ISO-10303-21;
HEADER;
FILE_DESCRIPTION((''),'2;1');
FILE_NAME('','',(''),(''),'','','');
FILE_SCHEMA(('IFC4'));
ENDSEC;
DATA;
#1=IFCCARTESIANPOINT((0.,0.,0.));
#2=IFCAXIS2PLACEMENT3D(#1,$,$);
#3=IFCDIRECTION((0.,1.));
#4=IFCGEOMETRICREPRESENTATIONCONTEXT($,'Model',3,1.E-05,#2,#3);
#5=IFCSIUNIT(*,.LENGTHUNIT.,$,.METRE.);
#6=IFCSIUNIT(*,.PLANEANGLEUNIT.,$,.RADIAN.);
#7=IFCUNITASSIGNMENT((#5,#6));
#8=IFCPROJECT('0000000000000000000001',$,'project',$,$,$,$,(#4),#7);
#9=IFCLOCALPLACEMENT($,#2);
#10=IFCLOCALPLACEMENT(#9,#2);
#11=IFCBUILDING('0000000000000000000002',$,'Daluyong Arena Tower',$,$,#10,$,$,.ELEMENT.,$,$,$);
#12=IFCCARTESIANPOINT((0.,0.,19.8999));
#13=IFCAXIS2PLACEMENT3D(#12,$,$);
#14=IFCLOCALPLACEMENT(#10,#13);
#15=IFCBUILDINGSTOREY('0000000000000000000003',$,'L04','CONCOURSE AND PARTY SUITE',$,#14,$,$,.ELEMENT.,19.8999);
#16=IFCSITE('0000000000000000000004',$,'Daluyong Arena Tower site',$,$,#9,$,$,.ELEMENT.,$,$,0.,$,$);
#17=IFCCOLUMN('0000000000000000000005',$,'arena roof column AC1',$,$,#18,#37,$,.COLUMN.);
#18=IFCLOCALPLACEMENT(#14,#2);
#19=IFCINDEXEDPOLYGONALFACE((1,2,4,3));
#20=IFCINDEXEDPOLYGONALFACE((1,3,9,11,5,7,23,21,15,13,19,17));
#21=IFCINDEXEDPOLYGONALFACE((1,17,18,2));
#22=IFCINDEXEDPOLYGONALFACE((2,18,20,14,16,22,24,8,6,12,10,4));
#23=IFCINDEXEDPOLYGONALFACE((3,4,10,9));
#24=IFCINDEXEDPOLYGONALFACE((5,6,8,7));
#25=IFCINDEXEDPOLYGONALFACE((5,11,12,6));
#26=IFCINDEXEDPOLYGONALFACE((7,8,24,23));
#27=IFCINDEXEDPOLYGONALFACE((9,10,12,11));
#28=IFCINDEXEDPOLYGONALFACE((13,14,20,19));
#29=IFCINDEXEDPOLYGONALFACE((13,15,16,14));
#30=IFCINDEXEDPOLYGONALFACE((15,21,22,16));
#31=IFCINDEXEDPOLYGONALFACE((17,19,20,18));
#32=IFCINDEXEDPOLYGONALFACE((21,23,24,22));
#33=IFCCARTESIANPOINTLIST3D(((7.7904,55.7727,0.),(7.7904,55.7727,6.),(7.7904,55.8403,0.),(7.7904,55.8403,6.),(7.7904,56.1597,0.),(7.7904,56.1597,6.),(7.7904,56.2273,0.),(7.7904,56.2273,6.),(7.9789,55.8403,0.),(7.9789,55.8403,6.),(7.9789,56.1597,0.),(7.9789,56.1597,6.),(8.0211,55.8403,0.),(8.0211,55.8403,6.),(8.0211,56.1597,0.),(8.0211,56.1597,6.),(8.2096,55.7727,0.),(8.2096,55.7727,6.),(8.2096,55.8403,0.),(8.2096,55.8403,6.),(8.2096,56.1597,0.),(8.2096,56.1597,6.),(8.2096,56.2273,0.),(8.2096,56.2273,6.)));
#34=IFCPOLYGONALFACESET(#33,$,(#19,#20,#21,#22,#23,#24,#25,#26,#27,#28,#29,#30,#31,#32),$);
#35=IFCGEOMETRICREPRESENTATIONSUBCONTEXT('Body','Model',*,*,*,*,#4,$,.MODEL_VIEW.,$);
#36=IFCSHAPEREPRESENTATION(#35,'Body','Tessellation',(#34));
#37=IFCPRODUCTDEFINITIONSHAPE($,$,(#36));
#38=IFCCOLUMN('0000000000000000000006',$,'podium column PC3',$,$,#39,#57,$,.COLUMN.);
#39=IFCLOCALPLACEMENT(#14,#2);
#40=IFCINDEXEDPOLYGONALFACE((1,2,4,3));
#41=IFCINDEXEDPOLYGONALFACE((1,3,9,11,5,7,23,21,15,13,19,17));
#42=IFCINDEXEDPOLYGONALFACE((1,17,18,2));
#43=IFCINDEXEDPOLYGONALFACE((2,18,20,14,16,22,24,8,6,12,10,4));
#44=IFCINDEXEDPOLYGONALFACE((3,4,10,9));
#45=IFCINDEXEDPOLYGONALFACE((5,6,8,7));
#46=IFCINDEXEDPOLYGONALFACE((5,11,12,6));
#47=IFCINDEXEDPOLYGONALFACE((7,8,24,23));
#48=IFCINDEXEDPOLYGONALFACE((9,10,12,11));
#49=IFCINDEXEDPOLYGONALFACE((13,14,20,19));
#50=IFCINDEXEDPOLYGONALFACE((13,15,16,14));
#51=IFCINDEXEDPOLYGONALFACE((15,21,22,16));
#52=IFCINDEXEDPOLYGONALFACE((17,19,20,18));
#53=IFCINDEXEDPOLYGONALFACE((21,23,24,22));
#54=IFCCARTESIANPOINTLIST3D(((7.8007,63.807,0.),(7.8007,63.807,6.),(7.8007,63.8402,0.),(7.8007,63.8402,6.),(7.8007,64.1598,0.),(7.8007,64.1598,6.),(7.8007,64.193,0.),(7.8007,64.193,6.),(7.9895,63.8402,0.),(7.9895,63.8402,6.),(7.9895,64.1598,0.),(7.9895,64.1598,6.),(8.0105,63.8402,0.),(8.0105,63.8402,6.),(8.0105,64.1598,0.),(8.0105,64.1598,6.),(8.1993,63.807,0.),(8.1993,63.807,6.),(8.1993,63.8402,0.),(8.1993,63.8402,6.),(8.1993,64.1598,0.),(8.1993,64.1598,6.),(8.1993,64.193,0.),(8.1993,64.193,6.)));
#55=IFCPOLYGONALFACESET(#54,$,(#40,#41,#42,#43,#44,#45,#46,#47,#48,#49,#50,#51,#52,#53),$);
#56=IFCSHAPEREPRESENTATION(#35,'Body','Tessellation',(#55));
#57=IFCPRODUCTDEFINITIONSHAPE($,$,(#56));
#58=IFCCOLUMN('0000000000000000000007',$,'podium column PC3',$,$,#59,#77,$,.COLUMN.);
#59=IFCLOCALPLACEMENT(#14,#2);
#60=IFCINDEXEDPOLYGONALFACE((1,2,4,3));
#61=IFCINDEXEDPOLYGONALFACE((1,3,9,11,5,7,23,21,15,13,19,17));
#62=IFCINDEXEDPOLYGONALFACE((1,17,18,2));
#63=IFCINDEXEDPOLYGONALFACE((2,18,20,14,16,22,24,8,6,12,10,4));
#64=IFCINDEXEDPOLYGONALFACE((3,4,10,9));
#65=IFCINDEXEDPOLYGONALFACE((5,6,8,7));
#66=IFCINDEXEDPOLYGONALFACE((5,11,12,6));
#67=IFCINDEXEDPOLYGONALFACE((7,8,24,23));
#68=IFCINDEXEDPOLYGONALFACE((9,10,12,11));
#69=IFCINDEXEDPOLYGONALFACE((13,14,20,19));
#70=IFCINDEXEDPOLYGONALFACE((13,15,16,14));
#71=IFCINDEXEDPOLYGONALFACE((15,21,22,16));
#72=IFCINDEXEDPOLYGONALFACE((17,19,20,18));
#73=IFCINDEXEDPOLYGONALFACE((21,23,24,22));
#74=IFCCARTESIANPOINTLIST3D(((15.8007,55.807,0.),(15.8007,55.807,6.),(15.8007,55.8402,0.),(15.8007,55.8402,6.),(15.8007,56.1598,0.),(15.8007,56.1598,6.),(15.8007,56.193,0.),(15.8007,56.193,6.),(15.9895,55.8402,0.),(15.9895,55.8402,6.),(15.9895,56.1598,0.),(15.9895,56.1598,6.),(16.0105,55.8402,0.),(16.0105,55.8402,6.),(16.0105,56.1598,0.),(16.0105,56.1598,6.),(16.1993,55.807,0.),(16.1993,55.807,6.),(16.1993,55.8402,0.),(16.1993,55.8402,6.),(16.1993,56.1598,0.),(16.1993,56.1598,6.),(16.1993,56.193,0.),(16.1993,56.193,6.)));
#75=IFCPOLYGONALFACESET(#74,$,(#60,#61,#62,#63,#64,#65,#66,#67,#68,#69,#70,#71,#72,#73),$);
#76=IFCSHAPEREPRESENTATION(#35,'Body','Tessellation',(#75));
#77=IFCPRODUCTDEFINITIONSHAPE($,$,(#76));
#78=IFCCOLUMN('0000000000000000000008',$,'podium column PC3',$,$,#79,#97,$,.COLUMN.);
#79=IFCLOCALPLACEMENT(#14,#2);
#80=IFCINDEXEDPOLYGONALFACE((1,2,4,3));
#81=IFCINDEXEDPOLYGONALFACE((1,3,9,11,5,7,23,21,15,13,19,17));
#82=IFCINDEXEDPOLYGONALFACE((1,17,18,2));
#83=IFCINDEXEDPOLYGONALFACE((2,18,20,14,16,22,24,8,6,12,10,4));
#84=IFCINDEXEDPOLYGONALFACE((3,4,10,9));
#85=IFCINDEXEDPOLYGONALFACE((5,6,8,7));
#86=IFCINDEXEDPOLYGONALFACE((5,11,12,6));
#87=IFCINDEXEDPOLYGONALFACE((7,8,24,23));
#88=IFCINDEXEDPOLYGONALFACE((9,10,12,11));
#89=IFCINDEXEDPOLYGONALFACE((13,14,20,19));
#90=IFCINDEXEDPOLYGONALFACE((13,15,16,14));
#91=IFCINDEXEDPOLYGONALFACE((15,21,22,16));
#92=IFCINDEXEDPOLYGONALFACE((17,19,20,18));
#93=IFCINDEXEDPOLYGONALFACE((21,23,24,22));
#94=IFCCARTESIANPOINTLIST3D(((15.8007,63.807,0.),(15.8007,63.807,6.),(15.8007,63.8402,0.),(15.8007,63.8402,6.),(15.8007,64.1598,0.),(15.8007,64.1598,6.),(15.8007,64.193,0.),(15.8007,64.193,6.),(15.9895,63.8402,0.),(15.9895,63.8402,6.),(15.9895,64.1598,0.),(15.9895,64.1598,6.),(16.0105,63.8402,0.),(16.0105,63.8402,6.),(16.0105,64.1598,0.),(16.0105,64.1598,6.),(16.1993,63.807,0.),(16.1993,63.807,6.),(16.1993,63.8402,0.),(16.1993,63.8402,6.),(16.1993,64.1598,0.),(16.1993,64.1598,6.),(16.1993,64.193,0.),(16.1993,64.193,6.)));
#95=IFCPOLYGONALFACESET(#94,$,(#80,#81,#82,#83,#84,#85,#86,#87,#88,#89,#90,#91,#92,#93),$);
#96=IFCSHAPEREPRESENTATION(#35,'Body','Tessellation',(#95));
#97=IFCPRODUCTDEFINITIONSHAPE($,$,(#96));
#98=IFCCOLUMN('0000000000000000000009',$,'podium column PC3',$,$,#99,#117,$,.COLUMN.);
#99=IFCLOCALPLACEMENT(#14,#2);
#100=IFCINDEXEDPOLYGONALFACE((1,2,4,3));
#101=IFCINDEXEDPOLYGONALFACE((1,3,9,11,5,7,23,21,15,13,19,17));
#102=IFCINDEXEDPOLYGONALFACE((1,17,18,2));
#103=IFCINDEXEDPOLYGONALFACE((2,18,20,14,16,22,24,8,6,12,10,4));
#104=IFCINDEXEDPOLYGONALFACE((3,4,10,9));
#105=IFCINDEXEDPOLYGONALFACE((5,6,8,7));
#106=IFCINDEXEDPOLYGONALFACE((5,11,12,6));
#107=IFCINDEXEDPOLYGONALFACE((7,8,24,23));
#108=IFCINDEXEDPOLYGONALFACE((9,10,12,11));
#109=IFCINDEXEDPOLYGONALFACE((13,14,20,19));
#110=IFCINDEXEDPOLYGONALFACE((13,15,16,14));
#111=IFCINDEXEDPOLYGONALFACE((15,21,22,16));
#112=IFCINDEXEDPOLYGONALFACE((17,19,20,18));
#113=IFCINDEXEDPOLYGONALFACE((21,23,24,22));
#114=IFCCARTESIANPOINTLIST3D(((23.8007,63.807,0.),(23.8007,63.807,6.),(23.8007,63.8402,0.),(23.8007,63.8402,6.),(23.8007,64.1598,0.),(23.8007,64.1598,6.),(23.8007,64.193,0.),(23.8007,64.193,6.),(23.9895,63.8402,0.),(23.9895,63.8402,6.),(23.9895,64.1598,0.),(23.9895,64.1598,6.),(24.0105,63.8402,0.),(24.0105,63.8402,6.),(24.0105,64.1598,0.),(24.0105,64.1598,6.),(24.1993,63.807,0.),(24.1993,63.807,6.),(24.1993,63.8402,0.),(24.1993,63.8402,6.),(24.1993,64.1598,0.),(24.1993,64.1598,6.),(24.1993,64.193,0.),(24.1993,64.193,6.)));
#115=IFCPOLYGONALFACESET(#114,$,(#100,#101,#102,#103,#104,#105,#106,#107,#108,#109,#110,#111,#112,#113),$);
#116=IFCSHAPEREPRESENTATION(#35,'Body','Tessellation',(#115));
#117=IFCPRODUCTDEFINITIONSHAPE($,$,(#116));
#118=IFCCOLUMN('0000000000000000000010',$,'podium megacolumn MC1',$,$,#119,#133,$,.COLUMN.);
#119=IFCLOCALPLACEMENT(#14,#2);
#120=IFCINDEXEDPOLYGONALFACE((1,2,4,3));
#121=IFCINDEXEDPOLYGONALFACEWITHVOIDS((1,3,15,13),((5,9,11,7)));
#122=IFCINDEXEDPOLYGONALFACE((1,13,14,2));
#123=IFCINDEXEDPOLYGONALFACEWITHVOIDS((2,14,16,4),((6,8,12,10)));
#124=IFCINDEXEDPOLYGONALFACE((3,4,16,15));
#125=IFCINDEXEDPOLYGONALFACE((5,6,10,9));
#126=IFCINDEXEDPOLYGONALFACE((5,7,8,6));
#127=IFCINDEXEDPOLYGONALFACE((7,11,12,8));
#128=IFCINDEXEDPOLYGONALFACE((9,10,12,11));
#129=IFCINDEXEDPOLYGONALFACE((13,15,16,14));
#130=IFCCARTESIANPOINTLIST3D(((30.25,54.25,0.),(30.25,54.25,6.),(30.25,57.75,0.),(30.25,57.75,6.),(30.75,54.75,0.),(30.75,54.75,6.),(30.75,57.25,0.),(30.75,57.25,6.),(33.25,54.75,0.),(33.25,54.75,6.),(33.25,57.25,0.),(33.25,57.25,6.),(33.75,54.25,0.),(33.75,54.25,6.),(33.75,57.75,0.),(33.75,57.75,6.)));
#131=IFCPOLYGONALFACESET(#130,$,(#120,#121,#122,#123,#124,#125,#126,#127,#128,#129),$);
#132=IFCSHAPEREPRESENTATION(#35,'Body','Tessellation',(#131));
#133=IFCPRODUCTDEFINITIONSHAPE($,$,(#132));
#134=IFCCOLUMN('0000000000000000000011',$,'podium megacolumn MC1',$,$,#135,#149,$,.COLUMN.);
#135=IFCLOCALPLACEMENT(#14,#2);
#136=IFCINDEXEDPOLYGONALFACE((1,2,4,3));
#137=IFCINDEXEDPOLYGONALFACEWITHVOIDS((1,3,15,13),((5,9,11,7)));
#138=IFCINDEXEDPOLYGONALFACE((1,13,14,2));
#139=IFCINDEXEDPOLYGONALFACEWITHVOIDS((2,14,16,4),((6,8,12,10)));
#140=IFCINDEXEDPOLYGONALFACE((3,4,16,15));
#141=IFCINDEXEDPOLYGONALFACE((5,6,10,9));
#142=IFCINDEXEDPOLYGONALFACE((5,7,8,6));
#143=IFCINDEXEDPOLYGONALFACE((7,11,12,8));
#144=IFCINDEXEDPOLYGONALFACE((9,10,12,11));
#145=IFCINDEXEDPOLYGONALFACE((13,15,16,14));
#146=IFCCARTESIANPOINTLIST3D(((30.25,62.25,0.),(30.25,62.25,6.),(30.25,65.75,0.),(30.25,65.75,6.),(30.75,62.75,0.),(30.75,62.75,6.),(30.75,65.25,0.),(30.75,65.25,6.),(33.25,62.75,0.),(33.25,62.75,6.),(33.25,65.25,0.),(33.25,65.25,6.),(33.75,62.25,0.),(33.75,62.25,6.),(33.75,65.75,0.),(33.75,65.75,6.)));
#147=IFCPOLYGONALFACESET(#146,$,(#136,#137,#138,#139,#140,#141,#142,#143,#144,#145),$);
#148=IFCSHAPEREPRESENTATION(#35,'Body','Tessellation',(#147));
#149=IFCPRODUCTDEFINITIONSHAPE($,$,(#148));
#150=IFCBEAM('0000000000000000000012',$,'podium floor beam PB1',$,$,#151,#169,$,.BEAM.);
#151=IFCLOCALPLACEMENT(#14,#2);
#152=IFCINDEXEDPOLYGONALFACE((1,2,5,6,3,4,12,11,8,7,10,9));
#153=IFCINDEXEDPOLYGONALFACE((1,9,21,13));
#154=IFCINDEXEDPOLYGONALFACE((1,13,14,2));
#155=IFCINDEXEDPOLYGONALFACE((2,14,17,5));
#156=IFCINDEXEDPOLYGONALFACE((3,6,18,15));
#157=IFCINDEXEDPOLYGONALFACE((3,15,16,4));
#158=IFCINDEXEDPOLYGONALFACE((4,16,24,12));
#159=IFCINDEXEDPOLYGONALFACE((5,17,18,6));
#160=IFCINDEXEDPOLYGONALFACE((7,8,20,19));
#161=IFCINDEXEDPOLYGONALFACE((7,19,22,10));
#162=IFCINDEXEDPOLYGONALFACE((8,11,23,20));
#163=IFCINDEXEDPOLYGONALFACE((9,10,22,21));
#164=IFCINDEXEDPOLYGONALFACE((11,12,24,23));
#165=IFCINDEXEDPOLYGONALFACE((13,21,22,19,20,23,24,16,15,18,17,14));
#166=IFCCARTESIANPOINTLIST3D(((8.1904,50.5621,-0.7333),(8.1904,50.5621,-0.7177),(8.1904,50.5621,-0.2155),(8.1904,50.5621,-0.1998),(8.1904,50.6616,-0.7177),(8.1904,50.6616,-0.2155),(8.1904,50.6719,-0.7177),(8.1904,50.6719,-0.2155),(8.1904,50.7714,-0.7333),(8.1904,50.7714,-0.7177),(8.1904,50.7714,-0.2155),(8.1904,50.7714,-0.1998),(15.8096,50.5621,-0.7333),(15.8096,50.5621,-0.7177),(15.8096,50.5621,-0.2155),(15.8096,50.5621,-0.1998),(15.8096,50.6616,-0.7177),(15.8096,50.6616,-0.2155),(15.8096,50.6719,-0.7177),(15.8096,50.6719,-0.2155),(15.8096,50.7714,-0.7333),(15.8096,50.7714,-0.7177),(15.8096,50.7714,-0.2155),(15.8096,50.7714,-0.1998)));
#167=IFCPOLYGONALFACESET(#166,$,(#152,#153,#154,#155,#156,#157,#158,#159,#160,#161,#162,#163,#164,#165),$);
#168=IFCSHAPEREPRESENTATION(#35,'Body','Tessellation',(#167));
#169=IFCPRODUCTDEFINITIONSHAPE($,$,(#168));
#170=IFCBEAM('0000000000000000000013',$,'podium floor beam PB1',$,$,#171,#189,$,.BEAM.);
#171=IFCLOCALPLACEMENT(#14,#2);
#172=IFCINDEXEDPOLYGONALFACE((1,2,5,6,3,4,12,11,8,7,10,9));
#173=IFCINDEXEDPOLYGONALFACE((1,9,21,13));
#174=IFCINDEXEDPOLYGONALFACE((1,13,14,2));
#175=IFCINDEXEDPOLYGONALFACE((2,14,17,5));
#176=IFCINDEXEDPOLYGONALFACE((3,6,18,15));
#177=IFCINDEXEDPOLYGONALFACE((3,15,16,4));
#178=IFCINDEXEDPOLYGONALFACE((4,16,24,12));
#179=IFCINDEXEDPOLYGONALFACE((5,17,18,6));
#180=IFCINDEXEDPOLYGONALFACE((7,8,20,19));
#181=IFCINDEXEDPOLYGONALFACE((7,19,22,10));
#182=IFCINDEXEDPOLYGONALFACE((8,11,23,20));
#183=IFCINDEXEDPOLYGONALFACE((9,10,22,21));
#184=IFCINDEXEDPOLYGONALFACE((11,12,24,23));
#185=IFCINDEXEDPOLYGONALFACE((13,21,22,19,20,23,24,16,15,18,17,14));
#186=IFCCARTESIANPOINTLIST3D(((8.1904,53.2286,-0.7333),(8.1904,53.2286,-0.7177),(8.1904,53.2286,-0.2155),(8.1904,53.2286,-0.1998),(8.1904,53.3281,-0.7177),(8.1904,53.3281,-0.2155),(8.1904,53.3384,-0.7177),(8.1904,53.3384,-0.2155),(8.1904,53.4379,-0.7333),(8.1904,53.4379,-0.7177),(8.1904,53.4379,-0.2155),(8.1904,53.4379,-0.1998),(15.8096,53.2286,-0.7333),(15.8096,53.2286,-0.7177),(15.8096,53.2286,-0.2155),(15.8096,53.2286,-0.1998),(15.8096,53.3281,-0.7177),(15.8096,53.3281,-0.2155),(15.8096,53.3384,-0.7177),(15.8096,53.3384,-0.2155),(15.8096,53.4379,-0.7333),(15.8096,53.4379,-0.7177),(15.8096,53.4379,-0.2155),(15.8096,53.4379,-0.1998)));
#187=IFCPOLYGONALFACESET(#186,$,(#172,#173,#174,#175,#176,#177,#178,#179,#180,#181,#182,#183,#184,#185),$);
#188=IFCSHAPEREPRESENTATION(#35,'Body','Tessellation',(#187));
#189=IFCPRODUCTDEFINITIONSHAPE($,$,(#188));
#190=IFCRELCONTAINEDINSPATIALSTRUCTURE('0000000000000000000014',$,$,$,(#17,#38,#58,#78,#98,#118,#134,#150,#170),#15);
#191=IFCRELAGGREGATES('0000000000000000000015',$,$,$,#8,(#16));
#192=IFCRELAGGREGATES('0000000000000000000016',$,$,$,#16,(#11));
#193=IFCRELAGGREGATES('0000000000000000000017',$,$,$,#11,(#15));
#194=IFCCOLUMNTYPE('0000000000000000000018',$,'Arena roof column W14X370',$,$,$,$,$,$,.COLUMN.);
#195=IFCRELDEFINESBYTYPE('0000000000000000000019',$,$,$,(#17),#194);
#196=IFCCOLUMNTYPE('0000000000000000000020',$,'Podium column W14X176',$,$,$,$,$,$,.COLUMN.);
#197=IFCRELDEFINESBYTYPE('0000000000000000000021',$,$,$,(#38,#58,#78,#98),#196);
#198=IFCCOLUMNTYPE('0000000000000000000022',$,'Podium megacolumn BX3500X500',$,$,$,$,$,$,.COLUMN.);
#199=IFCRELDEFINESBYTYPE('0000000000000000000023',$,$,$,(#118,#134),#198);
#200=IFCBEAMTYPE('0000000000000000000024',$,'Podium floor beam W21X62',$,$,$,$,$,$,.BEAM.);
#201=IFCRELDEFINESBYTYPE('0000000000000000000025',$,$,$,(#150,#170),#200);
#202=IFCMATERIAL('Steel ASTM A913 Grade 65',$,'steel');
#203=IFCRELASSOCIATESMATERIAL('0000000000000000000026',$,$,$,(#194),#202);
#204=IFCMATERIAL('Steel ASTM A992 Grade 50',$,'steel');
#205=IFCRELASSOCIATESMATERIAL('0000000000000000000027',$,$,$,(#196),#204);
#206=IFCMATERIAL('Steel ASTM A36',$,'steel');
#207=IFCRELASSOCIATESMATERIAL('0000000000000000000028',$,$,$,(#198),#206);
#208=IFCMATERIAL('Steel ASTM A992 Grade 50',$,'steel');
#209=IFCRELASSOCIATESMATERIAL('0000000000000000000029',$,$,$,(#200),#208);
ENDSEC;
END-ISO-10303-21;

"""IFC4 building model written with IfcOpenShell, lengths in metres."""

from ifc_helpers import new_model, si_unit, direction, frame, origin, origin_2d, place, context, subcontext, project, spatial, hollow_rectangle, i_section, extrude, material, material_profile, profile_set, type_object, element, save


model = new_model("IFC4")

# Units and contexts
model_context = context("Model", 3, precision=1e-05, world=origin(), true_north=direction((0.0, 1.0)))
body_context = subcontext(model_context, "Body", "Model", "MODEL_VIEW")
ifc_project = project(units=[si_unit("LENGTHUNIT", "METRE"), si_unit("PLANEANGLEUNIT", "RADIAN")], contexts=[model_context])

# Site, building, storey
site_placement = place(None, origin())
site = spatial("IfcSite", under=ifc_project, at=site_placement, Name="Daluyong Arena Tower site", CompositionType="ELEMENT", RefElevation=0.0)
building_placement = place(site_placement, origin())
building = spatial("IfcBuilding", under=site, at=building_placement, Name="Daluyong Arena Tower", CompositionType="ELEMENT")
storey_placement = place(building_placement, frame((0.0, 0.0, 19.8999)))
storey = spatial("IfcBuildingStorey", under=building, at=storey_placement, Name="L04", Description="CONCOURSE AND PARTY SUITE", CompositionType="ELEMENT", Elevation=19.8999)

# Columns
ifc_material_1 = material(Name="Steel ASTM A913 Grade 65", Category="steel")
ifc_material_profile_1 = material_profile(ifc_material_1, i_section(OverallWidth=0.4192, OverallDepth=0.4546, WebThickness=0.0422, FlangeThickness=0.0676, at=origin_2d()))
ifc_profile_set_1 = profile_set([ifc_material_profile_1], Name="Steel ASTM A913 Grade 65")
column_type_1 = type_object("IfcColumnType", Name="Arena roof column W14X370", PredefinedType="COLUMN", material=ifc_profile_set_1)
column_placement = place(storey_placement, frame((8.0, 56.0, 0.0), z_axis=(0.0, 0.0, 1.0), x_axis=(1.0, 0.0, 0.0)))
element("IfcColumn", 1, at=column_placement, inside=storey, type_object=column_type_1, Name="arena roof column AC1", PredefinedType="COLUMN", context=body_context, shape_type="SweptSolid", body=[
    extrude(i_section(OverallWidth=0.4192, OverallDepth=0.4546, WebThickness=0.0422, FlangeThickness=0.0676, at=origin_2d()), origin(), (0.0, 0.0, 1.0), 6.0),
])
ifc_material_2 = material(Name="Steel ASTM A992 Grade 50", Category="steel")
ifc_material_profile_2 = material_profile(ifc_material_2, i_section(OverallWidth=0.3987, OverallDepth=0.386, WebThickness=0.021, FlangeThickness=0.0332, at=origin_2d()))
ifc_profile_set_2 = profile_set([ifc_material_profile_2], Name="Steel ASTM A992 Grade 50")
column_type_2 = type_object("IfcColumnType", Name="Podium column W14X176", PredefinedType="COLUMN", material=ifc_profile_set_2)
for number, where, z_axis, x_axis, name in (
    (2, (8.0, 64.0, 0.0), (0.0, 0.0, 1.0), (1.0, 0.0, 0.0), "podium column PC3"),
    (3, (16.0, 56.0, 0.0), (0.0, 0.0, 1.0), (1.0, 0.0, 0.0), "podium column PC3"),
    (4, (16.0, 64.0, 0.0), (0.0, 0.0, 1.0), (1.0, 0.0, 0.0), "podium column PC3"),
    (5, (24.0, 64.0, 0.0), (0.0, 0.0, 1.0), (1.0, 0.0, 0.0), "podium column PC3"),
):
    element("IfcColumn", number, at=place(storey_placement, frame(where, z_axis=z_axis, x_axis=x_axis)), inside=storey, type_object=column_type_2, Name=name, PredefinedType="COLUMN", context=body_context, shape_type="SweptSolid", body=[
        extrude(i_section(OverallWidth=0.3987, OverallDepth=0.386, WebThickness=0.021, FlangeThickness=0.0332, at=origin_2d()), origin(), (0.0, 0.0, 1.0), 6.0),
    ])
ifc_material_3 = material(Name="Steel ASTM A36", Category="steel")
ifc_material_profile_3 = material_profile(ifc_material_3, hollow_rectangle(XDim=3.5, YDim=3.5, WallThickness=0.5, at=origin_2d()))
ifc_profile_set_3 = profile_set([ifc_material_profile_3], Name="Steel ASTM A36")
column_type_3 = type_object("IfcColumnType", Name="Podium megacolumn BX3500X500", PredefinedType="COLUMN", material=ifc_profile_set_3)
for number, where, z_axis, x_axis, name in (
    (6, (32.0, 56.0, 0.0), (0.0, 0.0, 1.0), (1.0, 0.0, 0.0), "podium megacolumn MC1"),
    (7, (32.0, 64.0, 0.0), (0.0, 0.0, 1.0), (1.0, 0.0, 0.0), "podium megacolumn MC1"),
):
    element("IfcColumn", number, at=place(storey_placement, frame(where, z_axis=z_axis, x_axis=x_axis)), inside=storey, type_object=column_type_3, Name=name, PredefinedType="COLUMN", context=body_context, shape_type="SweptSolid", body=[
        extrude(hollow_rectangle(XDim=3.5, YDim=3.5, WallThickness=0.5, at=origin_2d()), origin(), (0.0, 0.0, 1.0), 6.0),
    ])

# Beams
ifc_material_4 = material(Name="Steel ASTM A992 Grade 50", Category="steel")
ifc_material_profile_4 = material_profile(ifc_material_4, i_section(OverallWidth=0.2092, OverallDepth=0.5334, WebThickness=0.0103, FlangeThickness=0.0156, at=origin_2d()))
ifc_profile_set_4 = profile_set([ifc_material_profile_4], Name="Steel ASTM A992 Grade 50")
beam_type_1 = type_object("IfcBeamType", Name="Podium floor beam W21X62", PredefinedType="BEAM", material=ifc_profile_set_4)
for number, where, z_axis, x_axis, name in (
    (8, (8.1904, 50.6667, -0.4666), (1.0, 0.0, 0.0), (0.0, 1.0, 0.0), "podium floor beam PB1"),
    (9, (8.1904, 53.3333, -0.4666), (1.0, 0.0, 0.0), (0.0, 1.0, 0.0), "podium floor beam PB1"),
):
    element("IfcBeam", number, at=place(storey_placement, frame(where, z_axis=z_axis, x_axis=x_axis)), inside=storey, type_object=beam_type_1, Name=name, PredefinedType="BEAM", context=body_context, shape_type="SweptSolid", body=[
        extrude(i_section(OverallWidth=0.2092, OverallDepth=0.5334, WebThickness=0.0103, FlangeThickness=0.0156, at=origin_2d()), origin(), (0.0, 0.0, 1.0), 7.6191),
    ])

save(model, "model.ifc")
